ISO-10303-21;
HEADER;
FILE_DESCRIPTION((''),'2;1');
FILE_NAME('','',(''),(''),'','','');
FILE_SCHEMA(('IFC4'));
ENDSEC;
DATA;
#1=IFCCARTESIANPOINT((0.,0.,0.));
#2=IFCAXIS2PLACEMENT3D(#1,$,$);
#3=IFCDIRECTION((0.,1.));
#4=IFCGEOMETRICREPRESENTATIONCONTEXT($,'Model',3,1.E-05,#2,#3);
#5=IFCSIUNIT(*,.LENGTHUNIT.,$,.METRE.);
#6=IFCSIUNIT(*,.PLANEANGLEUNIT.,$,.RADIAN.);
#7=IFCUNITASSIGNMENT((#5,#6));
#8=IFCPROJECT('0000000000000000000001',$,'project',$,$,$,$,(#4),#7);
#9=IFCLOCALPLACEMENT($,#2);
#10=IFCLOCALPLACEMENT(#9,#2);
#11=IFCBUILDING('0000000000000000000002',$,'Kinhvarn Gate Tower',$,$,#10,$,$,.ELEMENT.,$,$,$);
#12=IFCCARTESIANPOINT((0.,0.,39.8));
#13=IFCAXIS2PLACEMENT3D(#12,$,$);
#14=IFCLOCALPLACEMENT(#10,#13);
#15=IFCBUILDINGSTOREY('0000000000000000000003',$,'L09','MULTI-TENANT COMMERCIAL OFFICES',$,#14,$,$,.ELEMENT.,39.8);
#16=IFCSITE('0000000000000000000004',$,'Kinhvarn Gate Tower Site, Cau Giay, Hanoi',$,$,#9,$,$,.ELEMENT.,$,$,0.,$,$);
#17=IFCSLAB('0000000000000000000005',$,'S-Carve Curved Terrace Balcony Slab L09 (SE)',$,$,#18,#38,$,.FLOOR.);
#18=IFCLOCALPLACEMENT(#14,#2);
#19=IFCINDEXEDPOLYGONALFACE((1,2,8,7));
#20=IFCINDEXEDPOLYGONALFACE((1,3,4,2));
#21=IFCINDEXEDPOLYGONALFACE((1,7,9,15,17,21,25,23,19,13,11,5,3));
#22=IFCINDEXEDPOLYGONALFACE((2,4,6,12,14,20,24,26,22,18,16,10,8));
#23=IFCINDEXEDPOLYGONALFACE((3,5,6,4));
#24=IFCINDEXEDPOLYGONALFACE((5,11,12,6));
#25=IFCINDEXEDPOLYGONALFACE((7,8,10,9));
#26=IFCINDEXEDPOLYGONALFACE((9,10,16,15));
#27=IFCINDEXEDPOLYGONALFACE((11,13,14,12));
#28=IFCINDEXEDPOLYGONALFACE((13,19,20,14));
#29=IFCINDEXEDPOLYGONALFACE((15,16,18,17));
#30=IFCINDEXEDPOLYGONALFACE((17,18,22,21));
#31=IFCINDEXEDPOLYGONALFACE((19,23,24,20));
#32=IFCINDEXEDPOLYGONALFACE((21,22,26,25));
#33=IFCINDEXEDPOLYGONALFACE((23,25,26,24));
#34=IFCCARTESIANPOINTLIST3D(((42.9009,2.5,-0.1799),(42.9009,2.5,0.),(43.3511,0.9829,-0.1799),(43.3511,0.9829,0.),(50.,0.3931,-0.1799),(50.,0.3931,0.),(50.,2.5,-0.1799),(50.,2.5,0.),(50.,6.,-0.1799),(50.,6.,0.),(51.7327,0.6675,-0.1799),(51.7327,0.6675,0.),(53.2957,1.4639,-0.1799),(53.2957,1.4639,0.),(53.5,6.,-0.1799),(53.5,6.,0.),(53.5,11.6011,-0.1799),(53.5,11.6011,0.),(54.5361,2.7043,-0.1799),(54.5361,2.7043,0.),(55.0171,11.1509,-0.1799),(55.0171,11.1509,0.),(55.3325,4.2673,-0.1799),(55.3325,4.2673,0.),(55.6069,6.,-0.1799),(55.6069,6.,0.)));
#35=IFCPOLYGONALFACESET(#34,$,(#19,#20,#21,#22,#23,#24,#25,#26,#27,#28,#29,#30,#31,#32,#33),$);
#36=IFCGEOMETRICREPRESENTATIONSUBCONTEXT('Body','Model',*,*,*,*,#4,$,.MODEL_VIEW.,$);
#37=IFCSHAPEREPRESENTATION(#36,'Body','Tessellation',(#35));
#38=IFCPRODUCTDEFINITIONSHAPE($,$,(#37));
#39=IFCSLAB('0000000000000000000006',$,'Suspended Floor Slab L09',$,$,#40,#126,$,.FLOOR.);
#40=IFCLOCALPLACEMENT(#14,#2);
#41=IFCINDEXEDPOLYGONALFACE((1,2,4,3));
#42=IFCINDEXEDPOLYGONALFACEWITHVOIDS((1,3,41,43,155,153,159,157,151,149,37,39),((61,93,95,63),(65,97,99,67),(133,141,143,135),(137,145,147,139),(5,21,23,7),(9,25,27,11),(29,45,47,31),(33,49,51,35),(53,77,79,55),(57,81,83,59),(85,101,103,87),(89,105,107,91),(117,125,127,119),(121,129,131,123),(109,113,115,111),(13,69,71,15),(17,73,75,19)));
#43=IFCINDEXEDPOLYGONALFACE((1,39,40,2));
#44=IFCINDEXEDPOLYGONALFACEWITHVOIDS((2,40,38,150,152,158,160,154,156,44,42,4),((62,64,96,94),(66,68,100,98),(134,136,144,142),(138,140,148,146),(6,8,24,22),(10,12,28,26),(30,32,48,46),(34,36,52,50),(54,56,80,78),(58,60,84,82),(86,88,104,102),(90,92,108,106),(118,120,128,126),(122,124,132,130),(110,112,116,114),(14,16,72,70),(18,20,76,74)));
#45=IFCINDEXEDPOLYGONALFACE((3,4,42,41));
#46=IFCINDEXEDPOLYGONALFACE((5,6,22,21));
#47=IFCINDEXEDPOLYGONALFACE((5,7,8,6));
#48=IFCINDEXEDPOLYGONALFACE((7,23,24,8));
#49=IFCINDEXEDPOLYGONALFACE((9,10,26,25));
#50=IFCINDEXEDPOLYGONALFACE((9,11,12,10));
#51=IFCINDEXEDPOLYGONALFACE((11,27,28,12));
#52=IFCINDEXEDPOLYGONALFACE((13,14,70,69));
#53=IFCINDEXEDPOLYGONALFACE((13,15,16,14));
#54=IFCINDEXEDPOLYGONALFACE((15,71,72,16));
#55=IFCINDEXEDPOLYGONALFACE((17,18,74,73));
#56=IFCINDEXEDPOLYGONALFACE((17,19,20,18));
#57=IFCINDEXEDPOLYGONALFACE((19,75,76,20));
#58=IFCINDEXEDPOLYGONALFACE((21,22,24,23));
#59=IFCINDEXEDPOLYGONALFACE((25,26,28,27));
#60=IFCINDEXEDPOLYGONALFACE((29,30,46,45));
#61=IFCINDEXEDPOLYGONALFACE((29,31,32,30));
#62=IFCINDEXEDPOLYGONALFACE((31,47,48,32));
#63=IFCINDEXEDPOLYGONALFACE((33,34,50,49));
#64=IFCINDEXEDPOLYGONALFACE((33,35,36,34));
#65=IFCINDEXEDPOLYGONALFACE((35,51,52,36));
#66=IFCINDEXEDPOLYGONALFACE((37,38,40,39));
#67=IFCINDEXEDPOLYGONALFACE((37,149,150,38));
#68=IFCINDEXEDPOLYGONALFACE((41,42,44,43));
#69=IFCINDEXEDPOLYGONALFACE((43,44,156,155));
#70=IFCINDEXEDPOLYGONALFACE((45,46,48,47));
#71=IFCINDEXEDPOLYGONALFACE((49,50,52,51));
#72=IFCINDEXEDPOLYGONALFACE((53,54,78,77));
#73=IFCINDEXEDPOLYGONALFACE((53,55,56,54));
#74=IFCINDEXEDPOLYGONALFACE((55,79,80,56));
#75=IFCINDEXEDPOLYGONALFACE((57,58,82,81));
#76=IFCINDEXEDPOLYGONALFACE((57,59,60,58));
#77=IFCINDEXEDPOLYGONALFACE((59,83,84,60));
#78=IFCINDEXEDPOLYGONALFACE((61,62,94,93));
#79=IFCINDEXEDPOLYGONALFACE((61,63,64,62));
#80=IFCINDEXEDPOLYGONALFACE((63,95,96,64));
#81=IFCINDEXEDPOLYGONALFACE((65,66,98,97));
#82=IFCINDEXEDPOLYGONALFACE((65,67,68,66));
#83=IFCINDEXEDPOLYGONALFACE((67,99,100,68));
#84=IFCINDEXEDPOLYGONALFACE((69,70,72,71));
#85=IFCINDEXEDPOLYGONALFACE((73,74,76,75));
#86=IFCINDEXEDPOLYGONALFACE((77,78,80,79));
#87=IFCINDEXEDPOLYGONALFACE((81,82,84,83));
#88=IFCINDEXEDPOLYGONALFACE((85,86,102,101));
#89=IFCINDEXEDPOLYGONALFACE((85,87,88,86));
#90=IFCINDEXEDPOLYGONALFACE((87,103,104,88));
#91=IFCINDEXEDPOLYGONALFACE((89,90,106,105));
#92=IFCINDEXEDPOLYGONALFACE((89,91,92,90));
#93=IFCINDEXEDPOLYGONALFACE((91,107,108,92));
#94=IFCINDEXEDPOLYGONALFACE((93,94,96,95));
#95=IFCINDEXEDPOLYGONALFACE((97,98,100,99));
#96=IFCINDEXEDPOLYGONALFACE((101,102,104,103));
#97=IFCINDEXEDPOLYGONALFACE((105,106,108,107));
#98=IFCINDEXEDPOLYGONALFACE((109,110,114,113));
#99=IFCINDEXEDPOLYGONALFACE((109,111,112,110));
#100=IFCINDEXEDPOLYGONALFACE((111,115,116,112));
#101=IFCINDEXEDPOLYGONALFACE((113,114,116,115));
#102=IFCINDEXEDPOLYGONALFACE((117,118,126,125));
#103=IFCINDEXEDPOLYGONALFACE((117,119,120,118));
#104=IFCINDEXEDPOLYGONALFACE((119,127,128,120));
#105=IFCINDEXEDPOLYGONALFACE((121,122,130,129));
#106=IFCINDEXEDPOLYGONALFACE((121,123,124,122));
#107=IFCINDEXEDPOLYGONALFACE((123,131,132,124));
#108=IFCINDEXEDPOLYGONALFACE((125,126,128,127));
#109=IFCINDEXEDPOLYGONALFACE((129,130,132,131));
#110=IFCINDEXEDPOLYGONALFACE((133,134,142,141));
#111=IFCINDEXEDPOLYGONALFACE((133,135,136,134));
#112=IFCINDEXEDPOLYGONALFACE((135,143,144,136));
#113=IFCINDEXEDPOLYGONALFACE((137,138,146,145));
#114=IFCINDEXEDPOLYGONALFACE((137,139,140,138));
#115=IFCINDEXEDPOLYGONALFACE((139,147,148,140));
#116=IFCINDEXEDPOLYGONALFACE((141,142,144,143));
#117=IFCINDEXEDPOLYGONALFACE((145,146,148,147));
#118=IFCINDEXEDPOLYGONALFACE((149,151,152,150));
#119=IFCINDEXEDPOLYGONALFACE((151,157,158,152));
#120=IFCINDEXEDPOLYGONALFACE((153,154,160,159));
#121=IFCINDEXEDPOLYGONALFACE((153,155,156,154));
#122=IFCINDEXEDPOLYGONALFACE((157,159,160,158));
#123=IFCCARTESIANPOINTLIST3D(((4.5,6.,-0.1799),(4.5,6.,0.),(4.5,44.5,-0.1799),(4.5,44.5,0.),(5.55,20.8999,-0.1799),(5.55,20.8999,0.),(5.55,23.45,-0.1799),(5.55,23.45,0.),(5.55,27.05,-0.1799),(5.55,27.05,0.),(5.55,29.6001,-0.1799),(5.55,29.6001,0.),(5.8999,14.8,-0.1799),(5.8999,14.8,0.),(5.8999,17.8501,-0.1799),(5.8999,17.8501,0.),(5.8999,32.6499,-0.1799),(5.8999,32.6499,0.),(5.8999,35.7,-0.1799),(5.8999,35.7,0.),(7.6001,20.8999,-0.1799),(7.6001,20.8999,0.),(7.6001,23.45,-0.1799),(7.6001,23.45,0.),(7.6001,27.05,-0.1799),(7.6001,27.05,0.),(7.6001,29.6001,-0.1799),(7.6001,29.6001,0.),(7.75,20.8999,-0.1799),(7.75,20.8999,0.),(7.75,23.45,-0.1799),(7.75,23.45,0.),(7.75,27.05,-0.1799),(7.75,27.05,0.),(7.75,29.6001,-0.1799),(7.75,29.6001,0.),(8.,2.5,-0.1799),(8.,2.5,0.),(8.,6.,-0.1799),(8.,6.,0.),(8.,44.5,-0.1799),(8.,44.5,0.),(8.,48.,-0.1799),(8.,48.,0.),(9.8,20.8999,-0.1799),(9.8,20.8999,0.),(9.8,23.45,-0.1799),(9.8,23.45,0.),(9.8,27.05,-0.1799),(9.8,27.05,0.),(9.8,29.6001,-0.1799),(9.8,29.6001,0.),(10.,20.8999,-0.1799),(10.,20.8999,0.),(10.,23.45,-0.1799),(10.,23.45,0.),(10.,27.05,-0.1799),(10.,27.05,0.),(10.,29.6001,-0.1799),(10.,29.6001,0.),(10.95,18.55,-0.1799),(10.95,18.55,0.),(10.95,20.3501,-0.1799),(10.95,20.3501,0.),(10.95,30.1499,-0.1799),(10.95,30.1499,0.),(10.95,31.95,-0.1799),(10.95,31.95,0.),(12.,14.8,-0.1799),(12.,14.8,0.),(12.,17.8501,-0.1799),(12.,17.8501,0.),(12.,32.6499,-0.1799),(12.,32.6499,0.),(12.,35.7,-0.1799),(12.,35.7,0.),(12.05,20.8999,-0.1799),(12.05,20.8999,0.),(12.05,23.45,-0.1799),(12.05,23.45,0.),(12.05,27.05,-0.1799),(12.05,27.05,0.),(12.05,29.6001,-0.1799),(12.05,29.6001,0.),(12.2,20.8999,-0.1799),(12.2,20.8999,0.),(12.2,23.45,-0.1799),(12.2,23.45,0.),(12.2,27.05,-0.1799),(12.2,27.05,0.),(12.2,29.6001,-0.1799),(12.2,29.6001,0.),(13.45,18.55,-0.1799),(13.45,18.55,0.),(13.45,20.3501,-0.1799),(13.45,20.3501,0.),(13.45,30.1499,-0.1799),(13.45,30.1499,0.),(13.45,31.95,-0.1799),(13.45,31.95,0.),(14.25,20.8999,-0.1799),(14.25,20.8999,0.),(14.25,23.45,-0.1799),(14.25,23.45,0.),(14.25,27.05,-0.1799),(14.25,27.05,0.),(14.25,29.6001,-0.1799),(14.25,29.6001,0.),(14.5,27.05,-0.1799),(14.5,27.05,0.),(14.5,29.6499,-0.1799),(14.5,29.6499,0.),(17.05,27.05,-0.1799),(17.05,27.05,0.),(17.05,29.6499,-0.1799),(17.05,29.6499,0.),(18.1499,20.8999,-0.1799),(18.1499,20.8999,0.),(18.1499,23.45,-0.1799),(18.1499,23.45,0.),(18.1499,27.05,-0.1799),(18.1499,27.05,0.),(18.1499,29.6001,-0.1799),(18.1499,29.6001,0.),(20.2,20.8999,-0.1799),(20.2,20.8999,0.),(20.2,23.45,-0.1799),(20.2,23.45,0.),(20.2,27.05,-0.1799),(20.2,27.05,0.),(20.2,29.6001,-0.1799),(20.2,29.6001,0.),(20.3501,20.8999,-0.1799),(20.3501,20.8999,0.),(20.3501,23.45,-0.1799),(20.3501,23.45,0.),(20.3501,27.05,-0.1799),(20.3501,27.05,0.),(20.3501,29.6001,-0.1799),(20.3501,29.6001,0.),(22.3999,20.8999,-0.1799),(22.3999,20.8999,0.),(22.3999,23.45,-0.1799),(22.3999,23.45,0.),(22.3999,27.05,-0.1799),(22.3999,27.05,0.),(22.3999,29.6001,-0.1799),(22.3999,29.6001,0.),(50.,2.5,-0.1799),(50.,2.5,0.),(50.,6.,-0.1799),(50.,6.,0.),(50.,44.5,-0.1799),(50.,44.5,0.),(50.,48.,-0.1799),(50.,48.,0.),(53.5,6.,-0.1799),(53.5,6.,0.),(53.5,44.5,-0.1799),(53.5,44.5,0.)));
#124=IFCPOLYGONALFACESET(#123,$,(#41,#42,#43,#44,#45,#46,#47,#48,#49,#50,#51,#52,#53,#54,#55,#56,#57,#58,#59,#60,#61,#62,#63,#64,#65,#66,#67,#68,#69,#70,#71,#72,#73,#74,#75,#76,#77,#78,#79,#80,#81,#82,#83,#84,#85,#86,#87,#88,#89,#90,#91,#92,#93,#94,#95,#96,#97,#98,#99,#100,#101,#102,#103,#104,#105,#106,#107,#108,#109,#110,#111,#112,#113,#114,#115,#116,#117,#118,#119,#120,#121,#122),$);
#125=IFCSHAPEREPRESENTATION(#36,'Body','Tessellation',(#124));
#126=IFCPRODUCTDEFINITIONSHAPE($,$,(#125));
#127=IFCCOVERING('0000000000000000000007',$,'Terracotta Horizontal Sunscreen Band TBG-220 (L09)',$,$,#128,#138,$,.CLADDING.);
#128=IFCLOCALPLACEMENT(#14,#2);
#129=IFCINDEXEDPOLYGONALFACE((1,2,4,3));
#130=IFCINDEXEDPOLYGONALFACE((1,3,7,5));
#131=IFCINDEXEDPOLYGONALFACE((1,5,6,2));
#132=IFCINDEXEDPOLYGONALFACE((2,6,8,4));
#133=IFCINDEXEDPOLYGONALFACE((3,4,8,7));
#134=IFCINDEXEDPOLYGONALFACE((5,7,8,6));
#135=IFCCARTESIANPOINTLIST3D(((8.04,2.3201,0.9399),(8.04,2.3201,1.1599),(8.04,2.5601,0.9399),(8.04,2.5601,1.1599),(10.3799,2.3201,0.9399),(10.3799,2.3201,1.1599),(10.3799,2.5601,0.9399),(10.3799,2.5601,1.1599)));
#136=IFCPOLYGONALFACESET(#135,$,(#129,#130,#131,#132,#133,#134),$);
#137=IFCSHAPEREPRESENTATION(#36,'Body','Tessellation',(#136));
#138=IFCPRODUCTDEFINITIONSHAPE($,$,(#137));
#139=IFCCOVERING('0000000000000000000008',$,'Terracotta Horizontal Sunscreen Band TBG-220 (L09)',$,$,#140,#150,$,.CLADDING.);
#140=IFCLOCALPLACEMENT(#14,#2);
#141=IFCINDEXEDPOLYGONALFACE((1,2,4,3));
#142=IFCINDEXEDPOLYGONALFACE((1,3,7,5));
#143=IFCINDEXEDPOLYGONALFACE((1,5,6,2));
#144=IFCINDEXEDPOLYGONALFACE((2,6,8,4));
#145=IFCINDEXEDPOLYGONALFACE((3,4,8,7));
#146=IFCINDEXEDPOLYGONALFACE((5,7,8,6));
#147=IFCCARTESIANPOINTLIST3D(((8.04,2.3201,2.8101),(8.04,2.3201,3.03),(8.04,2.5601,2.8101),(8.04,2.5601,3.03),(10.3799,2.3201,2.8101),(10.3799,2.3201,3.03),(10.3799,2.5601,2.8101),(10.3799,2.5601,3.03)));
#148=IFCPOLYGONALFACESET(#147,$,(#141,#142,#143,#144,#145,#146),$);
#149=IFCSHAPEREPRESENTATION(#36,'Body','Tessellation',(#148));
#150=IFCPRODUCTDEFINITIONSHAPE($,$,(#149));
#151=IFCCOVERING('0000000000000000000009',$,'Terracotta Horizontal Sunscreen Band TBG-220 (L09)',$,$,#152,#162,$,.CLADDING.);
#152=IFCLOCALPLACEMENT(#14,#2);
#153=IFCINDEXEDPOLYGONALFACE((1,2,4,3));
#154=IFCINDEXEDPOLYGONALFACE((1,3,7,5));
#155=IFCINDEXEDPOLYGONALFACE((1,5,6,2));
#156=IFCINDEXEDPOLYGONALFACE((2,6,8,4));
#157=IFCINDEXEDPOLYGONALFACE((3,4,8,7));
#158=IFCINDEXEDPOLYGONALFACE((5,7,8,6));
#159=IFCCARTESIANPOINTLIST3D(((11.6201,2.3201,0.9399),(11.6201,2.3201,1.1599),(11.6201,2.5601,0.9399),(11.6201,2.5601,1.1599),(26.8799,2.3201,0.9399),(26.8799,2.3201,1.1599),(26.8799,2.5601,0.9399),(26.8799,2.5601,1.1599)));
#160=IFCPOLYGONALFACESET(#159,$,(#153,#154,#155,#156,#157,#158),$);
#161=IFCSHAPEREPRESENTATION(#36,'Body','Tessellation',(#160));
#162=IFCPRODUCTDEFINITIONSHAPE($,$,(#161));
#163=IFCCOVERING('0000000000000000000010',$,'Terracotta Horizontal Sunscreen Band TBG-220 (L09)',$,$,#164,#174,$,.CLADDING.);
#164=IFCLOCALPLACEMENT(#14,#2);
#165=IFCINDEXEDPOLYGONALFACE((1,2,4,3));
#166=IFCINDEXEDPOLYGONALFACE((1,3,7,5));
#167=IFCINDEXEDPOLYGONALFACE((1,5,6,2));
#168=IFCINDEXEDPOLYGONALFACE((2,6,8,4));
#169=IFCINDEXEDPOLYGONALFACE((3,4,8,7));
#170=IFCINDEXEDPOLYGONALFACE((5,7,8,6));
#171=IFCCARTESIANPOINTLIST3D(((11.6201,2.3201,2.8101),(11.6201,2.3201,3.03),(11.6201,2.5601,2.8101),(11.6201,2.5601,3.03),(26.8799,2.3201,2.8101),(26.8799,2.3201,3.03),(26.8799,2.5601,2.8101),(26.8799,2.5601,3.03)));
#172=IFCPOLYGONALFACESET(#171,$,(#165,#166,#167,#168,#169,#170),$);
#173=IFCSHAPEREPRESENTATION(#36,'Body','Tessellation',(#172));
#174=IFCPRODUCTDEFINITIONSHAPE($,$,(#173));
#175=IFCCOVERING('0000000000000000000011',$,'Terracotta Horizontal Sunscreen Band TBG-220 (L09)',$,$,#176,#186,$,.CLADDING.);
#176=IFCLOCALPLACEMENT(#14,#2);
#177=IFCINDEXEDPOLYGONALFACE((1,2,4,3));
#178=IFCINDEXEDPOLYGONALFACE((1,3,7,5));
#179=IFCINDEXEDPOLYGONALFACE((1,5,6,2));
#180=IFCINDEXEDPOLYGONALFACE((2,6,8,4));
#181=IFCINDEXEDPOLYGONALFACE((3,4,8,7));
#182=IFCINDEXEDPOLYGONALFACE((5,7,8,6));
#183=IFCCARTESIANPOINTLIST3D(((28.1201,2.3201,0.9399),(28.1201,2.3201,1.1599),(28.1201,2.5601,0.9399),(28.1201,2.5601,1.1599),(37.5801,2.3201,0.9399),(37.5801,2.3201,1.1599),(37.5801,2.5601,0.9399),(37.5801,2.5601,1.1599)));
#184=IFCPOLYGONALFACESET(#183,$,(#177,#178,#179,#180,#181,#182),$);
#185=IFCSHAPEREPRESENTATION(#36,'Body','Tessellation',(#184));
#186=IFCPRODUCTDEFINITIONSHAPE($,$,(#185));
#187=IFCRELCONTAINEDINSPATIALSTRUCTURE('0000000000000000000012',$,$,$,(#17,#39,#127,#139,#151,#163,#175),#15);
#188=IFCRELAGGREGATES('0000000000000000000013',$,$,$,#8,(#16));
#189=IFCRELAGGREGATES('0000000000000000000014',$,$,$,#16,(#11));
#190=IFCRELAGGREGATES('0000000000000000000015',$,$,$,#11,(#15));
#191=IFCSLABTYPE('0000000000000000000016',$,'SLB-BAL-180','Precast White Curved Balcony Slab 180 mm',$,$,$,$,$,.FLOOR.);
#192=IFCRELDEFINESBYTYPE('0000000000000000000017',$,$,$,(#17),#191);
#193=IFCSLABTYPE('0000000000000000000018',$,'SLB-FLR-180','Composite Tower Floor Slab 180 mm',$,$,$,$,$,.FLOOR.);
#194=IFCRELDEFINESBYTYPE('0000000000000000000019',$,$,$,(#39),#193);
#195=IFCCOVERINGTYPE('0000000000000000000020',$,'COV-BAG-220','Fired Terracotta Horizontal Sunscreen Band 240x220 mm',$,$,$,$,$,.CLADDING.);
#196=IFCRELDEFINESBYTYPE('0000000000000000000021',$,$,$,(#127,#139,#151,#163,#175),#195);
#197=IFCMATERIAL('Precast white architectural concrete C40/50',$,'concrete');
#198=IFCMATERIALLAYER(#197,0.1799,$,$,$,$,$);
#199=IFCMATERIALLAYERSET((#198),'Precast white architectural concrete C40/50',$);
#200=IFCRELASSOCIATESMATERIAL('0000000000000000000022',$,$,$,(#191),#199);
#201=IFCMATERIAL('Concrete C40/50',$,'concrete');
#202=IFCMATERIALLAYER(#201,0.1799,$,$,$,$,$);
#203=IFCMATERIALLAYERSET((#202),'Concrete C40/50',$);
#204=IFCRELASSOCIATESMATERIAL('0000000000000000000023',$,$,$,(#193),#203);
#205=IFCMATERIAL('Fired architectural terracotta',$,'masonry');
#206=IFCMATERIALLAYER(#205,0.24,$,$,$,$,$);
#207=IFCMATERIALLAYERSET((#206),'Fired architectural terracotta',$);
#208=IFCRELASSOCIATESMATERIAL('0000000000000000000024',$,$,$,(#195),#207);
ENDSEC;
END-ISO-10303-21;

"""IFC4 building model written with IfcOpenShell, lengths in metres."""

from ifc_helpers import new_model, si_unit, direction, frame, origin, place, context, subcontext, project, spatial, polyline, outline, extrude, material, layer, layer_set, type_object, element, save


model = new_model("IFC4")

# Units and contexts
model_context = context("Model", 3, precision=1e-05, world=origin(), true_north=direction((0.0, 1.0)))
body_context = subcontext(model_context, "Body", "Model", "MODEL_VIEW")
ifc_project = project(units=[si_unit("LENGTHUNIT", "METRE"), si_unit("PLANEANGLEUNIT", "RADIAN")], contexts=[model_context])

# Site, building, storey
site_placement = place(None, origin())
site = spatial("IfcSite", under=ifc_project, at=site_placement, Name="Kinhvarn Gate Tower Site, Cau Giay, Hanoi", CompositionType="ELEMENT", RefElevation=0.0)
building_placement = place(site_placement, origin())
building = spatial("IfcBuilding", under=site, at=building_placement, Name="Kinhvarn Gate Tower", CompositionType="ELEMENT")
storey_placement = place(building_placement, frame((0.0, 0.0, 39.8)))
storey = spatial("IfcBuildingStorey", under=building, at=storey_placement, Name="L09", Description="MULTI-TENANT COMMERCIAL OFFICES", CompositionType="ELEMENT", Elevation=39.8)

# Slabs
ifc_material_1 = material(Name="Precast white architectural concrete C40/50", Category="concrete")
ifc_layer_1 = layer(ifc_material_1, 0.1799)
ifc_layer_set_1 = layer_set([ifc_layer_1], Name="Precast white architectural concrete C40/50")
slab_type_1 = type_object("IfcSlabType", Name="SLB-BAL-180", Description="Precast White Curved Balcony Slab 180 mm", PredefinedType="FLOOR", material=ifc_layer_set_1)
slab_1_placement = place(storey_placement, frame((0.0, 0.0, -0.1799)))
element("IfcSlab", 1, at=slab_1_placement, inside=storey, type_object=slab_type_1, Name="S-Carve Curved Terrace Balcony Slab L09 (SE)", PredefinedType="FLOOR", context=body_context, shape_type="SweptSolid", body=[
    extrude(outline(polyline([(42.9009, 2.5), (43.3511, 0.9829), (50.0, 0.3931), (51.7327, 0.6675), (53.2957, 1.4639), (54.5361, 2.7043), (55.3325, 4.2673), (55.6069, 6.0), (55.0171, 11.1509), (53.5, 11.6011), (53.5, 6.0), (50.0, 6.0), (50.0, 2.5), (42.9009, 2.5)])), origin(), (0.0, 0.0, 1.0), 0.1799),
])
ifc_material_2 = material(Name="Concrete C40/50", Category="concrete")
ifc_layer_2 = layer(ifc_material_2, 0.1799)
ifc_layer_set_2 = layer_set([ifc_layer_2], Name="Concrete C40/50")
slab_type_2 = type_object("IfcSlabType", Name="SLB-FLR-180", Description="Composite Tower Floor Slab 180 mm", PredefinedType="FLOOR", material=ifc_layer_set_2)
slab_2_placement = place(storey_placement, frame((0.0, 0.0, -0.1799)))
element("IfcSlab", 2, at=slab_2_placement, inside=storey, type_object=slab_type_2, Name="Suspended Floor Slab L09", PredefinedType="FLOOR", context=body_context, shape_type="SweptSolid", body=[
    extrude(outline(polyline([(8.0, 2.5), (50.0, 2.5), (50.0, 6.0), (53.5, 6.0), (53.5, 44.5), (50.0, 44.5), (50.0, 48.0), (8.0, 48.0), (8.0, 44.5), (4.5, 44.5), (4.5, 6.0), (8.0, 6.0), (8.0, 2.5)]), holes=[polyline([(5.8999, 14.8), (12.0, 14.8), (12.0, 17.8501), (5.8999, 17.8501), (5.8999, 14.8)]), polyline([(5.8999, 32.6499), (12.0, 32.6499), (12.0, 35.7), (5.8999, 35.7), (5.8999, 32.6499)]), polyline([(18.1499, 20.8999), (20.2, 20.8999), (20.2, 23.45), (18.1499, 23.45), (18.1499, 20.8999)]), polyline([(20.3501, 20.8999), (22.3999, 20.8999), (22.3999, 23.45), (20.3501, 23.45), (20.3501, 20.8999)]), polyline([(18.1499, 27.05), (20.2, 27.05), (20.2, 29.6001), (18.1499, 29.6001), (18.1499, 27.05)]), polyline([(20.3501, 27.05), (22.3999, 27.05), (22.3999, 29.6001), (20.3501, 29.6001), (20.3501, 27.05)]), polyline([(5.55, 20.8999), (7.6001, 20.8999), (7.6001, 23.45), (5.55, 23.45), (5.55, 20.8999)]), polyline([(7.75, 20.8999), (9.8, 20.8999), (9.8, 23.45), (7.75, 23.45), (7.75, 20.8999)]), polyline([(5.55, 27.05), (7.6001, 27.05), (7.6001, 29.6001), (5.55, 29.6001), (5.55, 27.05)]), polyline([(7.75, 27.05), (9.8, 27.05), (9.8, 29.6001), (7.75, 29.6001), (7.75, 27.05)]), polyline([(10.0, 20.8999), (12.05, 20.8999), (12.05, 23.45), (10.0, 23.45), (10.0, 20.8999)]), polyline([(12.2, 20.8999), (14.25, 20.8999), (14.25, 23.45), (12.2, 23.45), (12.2, 20.8999)]), polyline([(10.0, 27.05), (12.05, 27.05), (12.05, 29.6001), (10.0, 29.6001), (10.0, 27.05)]), polyline([(12.2, 27.05), (14.25, 27.05), (14.25, 29.6001), (12.2, 29.6001), (12.2, 27.05)]), polyline([(14.5, 27.05), (17.05, 27.05), (17.05, 29.6499), (14.5, 29.6499), (14.5, 27.05)]), polyline([(10.95, 18.55), (13.45, 18.55), (13.45, 20.3501), (10.95, 20.3501), (10.95, 18.55)]), polyline([(10.95, 30.1499), (13.45, 30.1499), (13.45, 31.95), (10.95, 31.95), (10.95, 30.1499)])]), origin(), (0.0, 0.0, 1.0), 0.1799),
])

# Coverings
ifc_material_3 = material(Name="Fired architectural terracotta", Category="masonry")
ifc_layer_3 = layer(ifc_material_3, 0.24)
ifc_layer_set_3 = layer_set([ifc_layer_3], Name="Fired architectural terracotta")
covering_type_1 = type_object("IfcCoveringType", Name="COV-BAG-220", Description="Fired Terracotta Horizontal Sunscreen Band 240x220 mm", PredefinedType="CLADDING", material=ifc_layer_set_3)
for number, where, name in (
    (3, (0.0, 0.0, 0.9399), "Terracotta Horizontal Sunscreen Band TBG-220 (L09)"),
    (4, (0.0, 0.0, 2.8101), "Terracotta Horizontal Sunscreen Band TBG-220 (L09)"),
):
    element("IfcCovering", number, at=place(storey_placement, frame(where)), inside=storey, type_object=covering_type_1, Name=name, PredefinedType="CLADDING", context=body_context, shape_type="SweptSolid", body=[
        extrude(outline(polyline([(8.04, 2.5601), (10.3799, 2.5601), (10.3799, 2.3201), (8.04, 2.3201), (8.04, 2.5601)])), origin(), (0.0, 0.0, 1.0), 0.22),
    ])
for number, where, name in (
    (5, (0.0, 0.0, 0.9399), "Terracotta Horizontal Sunscreen Band TBG-220 (L09)"),
    (6, (0.0, 0.0, 2.8101), "Terracotta Horizontal Sunscreen Band TBG-220 (L09)"),
):
    element("IfcCovering", number, at=place(storey_placement, frame(where)), inside=storey, type_object=covering_type_1, Name=name, PredefinedType="CLADDING", context=body_context, shape_type="SweptSolid", body=[
        extrude(outline(polyline([(11.6201, 2.5601), (26.8799, 2.5601), (26.8799, 2.3201), (11.6201, 2.3201), (11.6201, 2.5601)])), origin(), (0.0, 0.0, 1.0), 0.22),
    ])
for number, where, name in (
    (7, (0.0, 0.0, 0.9399), "Terracotta Horizontal Sunscreen Band TBG-220 (L09)"),
):
    element("IfcCovering", number, at=place(storey_placement, frame(where)), inside=storey, type_object=covering_type_1, Name=name, PredefinedType="CLADDING", context=body_context, shape_type="SweptSolid", body=[
        extrude(outline(polyline([(28.1201, 2.5601), (37.5801, 2.5601), (37.5801, 2.3201), (28.1201, 2.3201), (28.1201, 2.5601)])), origin(), (0.0, 0.0, 1.0), 0.22),
    ])

save(model, "model.ifc")
